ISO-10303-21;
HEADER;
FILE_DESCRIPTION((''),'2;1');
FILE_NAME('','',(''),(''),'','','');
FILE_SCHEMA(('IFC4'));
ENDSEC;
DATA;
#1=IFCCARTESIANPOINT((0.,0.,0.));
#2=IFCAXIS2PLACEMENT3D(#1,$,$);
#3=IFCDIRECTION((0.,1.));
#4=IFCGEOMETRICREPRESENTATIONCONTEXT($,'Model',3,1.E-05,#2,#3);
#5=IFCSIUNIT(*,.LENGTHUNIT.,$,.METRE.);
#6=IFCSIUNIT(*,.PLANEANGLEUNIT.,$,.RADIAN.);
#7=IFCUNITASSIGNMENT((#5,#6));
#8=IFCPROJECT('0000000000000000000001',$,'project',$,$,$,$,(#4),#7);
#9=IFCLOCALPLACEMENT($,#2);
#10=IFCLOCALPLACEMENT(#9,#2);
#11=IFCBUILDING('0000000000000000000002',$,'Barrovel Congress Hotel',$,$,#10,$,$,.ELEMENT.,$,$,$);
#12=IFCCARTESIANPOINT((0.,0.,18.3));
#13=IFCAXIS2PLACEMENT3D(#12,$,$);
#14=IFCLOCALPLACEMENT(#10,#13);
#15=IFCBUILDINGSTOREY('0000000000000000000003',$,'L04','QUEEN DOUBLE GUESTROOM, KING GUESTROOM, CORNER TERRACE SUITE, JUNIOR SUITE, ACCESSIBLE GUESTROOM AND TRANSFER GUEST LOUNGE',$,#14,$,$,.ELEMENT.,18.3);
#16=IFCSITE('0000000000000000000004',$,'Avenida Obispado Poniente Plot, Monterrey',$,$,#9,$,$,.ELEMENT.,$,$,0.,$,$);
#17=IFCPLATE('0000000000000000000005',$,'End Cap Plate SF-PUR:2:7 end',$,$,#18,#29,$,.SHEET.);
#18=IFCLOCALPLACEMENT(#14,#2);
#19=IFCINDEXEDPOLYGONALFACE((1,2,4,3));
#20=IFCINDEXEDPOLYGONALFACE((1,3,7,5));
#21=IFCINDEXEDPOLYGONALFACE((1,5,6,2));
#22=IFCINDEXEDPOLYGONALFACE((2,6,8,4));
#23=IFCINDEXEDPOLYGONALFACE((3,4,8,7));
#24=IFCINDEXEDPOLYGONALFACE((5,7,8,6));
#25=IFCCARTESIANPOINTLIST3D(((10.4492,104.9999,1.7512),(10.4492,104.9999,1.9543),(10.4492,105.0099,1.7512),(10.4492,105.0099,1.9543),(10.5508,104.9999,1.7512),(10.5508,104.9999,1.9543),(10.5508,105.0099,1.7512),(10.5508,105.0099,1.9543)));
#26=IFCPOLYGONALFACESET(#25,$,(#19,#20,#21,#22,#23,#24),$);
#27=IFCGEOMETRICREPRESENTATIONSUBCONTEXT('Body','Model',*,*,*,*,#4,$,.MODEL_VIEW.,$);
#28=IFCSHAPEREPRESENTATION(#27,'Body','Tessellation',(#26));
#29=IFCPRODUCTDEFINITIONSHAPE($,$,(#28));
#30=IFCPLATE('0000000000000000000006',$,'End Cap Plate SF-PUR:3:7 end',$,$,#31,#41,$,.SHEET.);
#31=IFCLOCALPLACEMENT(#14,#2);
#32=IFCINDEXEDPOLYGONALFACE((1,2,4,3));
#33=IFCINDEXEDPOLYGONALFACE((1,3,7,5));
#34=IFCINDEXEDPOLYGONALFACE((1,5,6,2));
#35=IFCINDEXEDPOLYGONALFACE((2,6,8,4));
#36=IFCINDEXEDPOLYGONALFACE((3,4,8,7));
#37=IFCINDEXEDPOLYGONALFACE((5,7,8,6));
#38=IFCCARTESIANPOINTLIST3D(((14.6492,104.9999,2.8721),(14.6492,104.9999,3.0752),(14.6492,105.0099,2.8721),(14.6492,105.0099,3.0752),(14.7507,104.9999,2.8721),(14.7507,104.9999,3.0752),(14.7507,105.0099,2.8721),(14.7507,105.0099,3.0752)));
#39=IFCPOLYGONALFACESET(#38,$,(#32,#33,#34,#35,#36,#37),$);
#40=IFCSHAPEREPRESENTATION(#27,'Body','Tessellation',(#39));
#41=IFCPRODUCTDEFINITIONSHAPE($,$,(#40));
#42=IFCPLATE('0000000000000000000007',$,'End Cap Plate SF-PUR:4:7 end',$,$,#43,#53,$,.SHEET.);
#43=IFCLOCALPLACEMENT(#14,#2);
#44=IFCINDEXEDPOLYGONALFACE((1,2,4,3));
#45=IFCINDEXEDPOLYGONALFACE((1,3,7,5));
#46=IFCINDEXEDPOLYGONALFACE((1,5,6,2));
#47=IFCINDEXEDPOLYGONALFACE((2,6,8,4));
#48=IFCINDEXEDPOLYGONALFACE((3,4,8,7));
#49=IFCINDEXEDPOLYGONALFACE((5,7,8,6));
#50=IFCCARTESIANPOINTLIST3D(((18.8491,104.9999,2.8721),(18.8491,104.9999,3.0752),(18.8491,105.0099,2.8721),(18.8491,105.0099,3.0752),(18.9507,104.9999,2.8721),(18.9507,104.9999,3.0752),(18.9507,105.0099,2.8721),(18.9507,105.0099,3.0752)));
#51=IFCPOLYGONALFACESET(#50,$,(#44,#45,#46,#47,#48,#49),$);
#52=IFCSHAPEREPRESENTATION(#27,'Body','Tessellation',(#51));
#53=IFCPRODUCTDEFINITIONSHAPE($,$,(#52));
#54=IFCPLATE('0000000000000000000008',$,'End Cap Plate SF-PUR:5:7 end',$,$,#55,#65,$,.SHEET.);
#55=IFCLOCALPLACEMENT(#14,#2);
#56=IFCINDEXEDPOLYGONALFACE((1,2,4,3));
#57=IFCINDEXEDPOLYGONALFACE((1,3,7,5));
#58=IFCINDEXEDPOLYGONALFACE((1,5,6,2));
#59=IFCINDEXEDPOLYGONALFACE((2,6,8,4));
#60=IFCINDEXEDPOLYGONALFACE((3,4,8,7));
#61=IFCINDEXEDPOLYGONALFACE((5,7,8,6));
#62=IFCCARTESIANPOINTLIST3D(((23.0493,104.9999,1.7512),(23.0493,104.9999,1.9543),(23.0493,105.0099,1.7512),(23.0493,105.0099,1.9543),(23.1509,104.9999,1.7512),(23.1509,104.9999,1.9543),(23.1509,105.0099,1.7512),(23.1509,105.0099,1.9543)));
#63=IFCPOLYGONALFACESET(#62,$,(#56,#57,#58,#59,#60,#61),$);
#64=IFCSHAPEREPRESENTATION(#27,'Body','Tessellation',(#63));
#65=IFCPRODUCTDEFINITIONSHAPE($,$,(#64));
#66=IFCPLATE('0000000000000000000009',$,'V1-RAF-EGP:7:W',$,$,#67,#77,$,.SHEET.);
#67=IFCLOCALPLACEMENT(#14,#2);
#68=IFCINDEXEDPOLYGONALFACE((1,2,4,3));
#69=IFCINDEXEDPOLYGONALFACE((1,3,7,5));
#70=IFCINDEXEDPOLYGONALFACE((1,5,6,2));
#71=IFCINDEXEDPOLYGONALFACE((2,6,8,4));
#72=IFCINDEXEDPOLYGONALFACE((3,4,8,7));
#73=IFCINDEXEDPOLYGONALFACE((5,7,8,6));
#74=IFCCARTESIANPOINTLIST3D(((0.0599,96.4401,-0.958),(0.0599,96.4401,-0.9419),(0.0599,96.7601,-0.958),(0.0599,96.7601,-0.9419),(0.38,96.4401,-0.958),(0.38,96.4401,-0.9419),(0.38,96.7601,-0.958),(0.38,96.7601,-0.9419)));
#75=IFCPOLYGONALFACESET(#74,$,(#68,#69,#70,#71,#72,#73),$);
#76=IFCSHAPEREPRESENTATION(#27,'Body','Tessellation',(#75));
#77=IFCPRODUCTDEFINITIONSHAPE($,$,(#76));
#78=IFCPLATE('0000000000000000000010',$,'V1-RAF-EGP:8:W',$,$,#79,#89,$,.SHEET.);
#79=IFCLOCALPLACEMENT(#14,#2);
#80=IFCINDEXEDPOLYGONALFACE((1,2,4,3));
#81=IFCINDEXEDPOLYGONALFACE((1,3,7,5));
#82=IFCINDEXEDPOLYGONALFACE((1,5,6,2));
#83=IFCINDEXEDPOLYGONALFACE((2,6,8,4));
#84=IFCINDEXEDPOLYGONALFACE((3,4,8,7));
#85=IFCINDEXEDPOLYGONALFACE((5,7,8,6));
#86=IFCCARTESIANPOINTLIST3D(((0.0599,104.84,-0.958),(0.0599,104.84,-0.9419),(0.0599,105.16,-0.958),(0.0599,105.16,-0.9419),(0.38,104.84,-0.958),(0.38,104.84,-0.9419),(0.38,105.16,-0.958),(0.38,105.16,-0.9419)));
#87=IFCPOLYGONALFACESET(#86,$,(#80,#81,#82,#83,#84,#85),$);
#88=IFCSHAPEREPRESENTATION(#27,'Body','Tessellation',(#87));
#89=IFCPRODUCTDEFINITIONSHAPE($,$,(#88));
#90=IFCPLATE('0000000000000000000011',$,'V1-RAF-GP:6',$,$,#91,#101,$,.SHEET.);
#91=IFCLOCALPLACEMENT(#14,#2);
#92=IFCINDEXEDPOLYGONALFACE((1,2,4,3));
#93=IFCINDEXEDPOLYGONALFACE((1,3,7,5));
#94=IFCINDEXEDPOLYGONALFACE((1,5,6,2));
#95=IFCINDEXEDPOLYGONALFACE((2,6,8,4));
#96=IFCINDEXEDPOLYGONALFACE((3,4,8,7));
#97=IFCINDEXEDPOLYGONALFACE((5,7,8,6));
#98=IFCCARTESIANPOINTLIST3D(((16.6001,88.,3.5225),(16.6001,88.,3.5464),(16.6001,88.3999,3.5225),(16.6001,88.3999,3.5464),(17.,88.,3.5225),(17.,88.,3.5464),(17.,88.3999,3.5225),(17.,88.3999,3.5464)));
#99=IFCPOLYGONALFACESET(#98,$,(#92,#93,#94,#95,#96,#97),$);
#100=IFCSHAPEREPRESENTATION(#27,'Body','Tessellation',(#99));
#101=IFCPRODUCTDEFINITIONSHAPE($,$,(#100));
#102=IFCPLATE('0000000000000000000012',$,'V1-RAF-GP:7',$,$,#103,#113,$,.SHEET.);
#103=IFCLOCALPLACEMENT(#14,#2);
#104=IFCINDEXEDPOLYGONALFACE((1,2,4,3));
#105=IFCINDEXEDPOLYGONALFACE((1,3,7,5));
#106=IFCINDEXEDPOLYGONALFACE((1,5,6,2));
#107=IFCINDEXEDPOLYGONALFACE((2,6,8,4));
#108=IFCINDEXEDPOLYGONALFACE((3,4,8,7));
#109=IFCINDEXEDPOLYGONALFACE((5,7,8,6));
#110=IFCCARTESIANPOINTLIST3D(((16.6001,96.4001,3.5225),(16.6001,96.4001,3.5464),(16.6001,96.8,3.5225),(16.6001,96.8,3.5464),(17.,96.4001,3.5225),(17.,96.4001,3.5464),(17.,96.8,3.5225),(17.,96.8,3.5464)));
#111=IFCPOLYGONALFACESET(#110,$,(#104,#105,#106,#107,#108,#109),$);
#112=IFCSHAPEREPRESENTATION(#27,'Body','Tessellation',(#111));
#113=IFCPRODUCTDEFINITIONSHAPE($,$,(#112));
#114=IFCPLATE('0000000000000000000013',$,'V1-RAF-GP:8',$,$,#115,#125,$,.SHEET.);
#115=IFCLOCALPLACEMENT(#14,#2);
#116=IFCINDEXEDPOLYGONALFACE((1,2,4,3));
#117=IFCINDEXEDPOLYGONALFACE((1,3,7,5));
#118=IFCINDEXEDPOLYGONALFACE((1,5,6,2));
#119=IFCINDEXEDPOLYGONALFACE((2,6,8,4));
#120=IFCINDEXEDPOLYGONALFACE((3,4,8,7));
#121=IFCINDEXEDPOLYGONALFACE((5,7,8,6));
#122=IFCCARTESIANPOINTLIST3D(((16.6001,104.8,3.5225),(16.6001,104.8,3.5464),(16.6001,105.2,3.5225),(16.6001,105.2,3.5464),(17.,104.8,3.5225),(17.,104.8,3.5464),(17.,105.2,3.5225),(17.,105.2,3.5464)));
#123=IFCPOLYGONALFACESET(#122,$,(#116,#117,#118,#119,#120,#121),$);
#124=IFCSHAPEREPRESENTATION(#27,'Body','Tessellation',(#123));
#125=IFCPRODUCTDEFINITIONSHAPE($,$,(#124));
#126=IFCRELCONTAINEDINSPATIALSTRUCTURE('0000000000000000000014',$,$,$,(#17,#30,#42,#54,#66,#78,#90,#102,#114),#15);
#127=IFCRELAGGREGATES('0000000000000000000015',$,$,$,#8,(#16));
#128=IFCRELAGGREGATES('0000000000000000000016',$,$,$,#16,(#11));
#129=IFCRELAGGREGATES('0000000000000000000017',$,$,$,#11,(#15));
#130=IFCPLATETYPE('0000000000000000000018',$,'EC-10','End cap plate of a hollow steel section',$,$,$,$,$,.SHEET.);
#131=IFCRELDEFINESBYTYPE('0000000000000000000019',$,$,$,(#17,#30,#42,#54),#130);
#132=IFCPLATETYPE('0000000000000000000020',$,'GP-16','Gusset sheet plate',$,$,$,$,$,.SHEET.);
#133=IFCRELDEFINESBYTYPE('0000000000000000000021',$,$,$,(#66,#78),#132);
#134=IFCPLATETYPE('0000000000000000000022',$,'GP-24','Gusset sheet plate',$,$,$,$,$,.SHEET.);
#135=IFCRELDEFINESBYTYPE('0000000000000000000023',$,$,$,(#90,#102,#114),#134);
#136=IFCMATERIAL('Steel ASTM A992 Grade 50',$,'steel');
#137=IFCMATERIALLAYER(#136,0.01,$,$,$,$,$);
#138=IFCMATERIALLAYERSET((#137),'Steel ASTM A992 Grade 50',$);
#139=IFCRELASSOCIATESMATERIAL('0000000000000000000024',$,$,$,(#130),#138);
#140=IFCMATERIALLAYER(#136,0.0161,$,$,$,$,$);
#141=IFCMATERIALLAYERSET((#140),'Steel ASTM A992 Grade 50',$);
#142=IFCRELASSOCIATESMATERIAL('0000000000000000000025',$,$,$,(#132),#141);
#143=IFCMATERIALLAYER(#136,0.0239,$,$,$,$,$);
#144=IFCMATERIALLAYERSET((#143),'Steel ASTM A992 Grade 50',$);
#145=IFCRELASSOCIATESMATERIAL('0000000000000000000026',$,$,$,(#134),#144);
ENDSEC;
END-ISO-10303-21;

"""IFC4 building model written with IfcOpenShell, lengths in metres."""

from ifc_helpers import new_model, si_unit, direction, frame, origin, origin_2d, place, context, subcontext, project, spatial, rectangle, extrude, material, layer, layer_set, type_object, element, save


model = new_model("IFC4")

# Units and contexts
model_context = context("Model", 3, precision=1e-05, world=origin(), true_north=direction((0.0, 1.0)))
body_context = subcontext(model_context, "Body", "Model", "MODEL_VIEW")
ifc_project = project(units=[si_unit("LENGTHUNIT", "METRE"), si_unit("PLANEANGLEUNIT", "RADIAN")], contexts=[model_context])

# Site, building, storey
site_placement = place(None, origin())
site = spatial("IfcSite", under=ifc_project, at=site_placement, Name="Avenida Obispado Poniente Plot, Monterrey", CompositionType="ELEMENT", RefElevation=0.0)
building_placement = place(site_placement, origin())
building = spatial("IfcBuilding", under=site, at=building_placement, Name="Barrovel Congress Hotel", CompositionType="ELEMENT")
storey_placement = place(building_placement, frame((0.0, 0.0, 18.3)))
storey = spatial("IfcBuildingStorey", under=building, at=storey_placement, Name="L04", Description="QUEEN DOUBLE GUESTROOM, KING GUESTROOM, CORNER TERRACE SUITE, JUNIOR SUITE, ACCESSIBLE GUESTROOM AND TRANSFER GUEST LOUNGE", CompositionType="ELEMENT", Elevation=18.3)

# Shared definitions
ifc_material_1 = material(Name="Steel ASTM A992 Grade 50", Category="steel")

# Plates
ifc_layer_1 = layer(ifc_material_1, 0.01)
ifc_layer_set_1 = layer_set([ifc_layer_1], Name="Steel ASTM A992 Grade 50")
plate_type_1 = type_object("IfcPlateType", Name="EC-10", Description="End cap plate of a hollow steel section", PredefinedType="SHEET", material=ifc_layer_set_1)
for number, where, z_axis, x_axis, name in (
    (1, (10.5, 105.0049, 1.7512), (0.0, 0.0, 1.0), (0.0, 1.0, 0.0), "End Cap Plate SF-PUR:2:7 end"),
    (2, (14.7, 105.0049, 2.8721), (0.0, 0.0, 1.0), (0.0, 1.0, 0.0), "End Cap Plate SF-PUR:3:7 end"),
    (3, (18.8999, 105.0049, 2.8721), (0.0, 0.0, 1.0), (0.0, 1.0, 0.0), "End Cap Plate SF-PUR:4:7 end"),
    (4, (23.1001, 105.0049, 1.7512), (0.0, 0.0, 1.0), (0.0, 1.0, 0.0), "End Cap Plate SF-PUR:5:7 end"),
):
    element("IfcPlate", number, at=place(storey_placement, frame(where, z_axis=z_axis, x_axis=x_axis)), inside=storey, type_object=plate_type_1, Name=name, PredefinedType="SHEET", context=body_context, shape_type="SweptSolid", body=[
        extrude(rectangle(XDim=0.01, YDim=0.1016, at=origin_2d()), origin(), (0.0, 0.0, 1.0), 0.2031),
    ])
ifc_layer_2 = layer(ifc_material_1, 0.0161)
ifc_layer_set_2 = layer_set([ifc_layer_2], Name="Steel ASTM A992 Grade 50")
plate_type_2 = type_object("IfcPlateType", Name="GP-16", Description="Gusset sheet plate", PredefinedType="SHEET", material=ifc_layer_set_2)
for number, where, z_axis, x_axis, name in (
    (5, (0.22, 96.6001, -0.958), (0.0, 0.0, 1.0), (1.0, 0.0, 0.0), "V1-RAF-EGP:7:W"),
    (6, (0.22, 105.0, -0.958), (0.0, 0.0, 1.0), (1.0, 0.0, 0.0), "V1-RAF-EGP:8:W"),
):
    element("IfcPlate", number, at=place(storey_placement, frame(where, z_axis=z_axis, x_axis=x_axis)), inside=storey, type_object=plate_type_2, Name=name, PredefinedType="SHEET", context=body_context, shape_type="SweptSolid", body=[
        extrude(rectangle(XDim=0.3201, YDim=0.3201, at=origin_2d()), origin(), (0.0, 0.0, 1.0), 0.0161),
    ])
ifc_layer_3 = layer(ifc_material_1, 0.0239)
ifc_layer_set_3 = layer_set([ifc_layer_3], Name="Steel ASTM A992 Grade 50")
plate_type_3 = type_object("IfcPlateType", Name="GP-24", Description="Gusset sheet plate", PredefinedType="SHEET", material=ifc_layer_set_3)
for number, where, z_axis, x_axis, name in (
    (7, (16.8, 88.2, 3.5225), (0.0, 0.0, 1.0), (1.0, 0.0, 0.0), "V1-RAF-GP:6"),
    (8, (16.8, 96.6001, 3.5225), (0.0, 0.0, 1.0), (1.0, 0.0, 0.0), "V1-RAF-GP:7"),
    (9, (16.8, 105.0, 3.5225), (0.0, 0.0, 1.0), (1.0, 0.0, 0.0), "V1-RAF-GP:8"),
):
    element("IfcPlate", number, at=place(storey_placement, frame(where, z_axis=z_axis, x_axis=x_axis)), inside=storey, type_object=plate_type_3, Name=name, PredefinedType="SHEET", context=body_context, shape_type="SweptSolid", body=[
        extrude(rectangle(XDim=0.3999, YDim=0.3999, at=origin_2d()), origin(), (0.0, 0.0, 1.0), 0.0239),
    ])

save(model, "model.ifc")
